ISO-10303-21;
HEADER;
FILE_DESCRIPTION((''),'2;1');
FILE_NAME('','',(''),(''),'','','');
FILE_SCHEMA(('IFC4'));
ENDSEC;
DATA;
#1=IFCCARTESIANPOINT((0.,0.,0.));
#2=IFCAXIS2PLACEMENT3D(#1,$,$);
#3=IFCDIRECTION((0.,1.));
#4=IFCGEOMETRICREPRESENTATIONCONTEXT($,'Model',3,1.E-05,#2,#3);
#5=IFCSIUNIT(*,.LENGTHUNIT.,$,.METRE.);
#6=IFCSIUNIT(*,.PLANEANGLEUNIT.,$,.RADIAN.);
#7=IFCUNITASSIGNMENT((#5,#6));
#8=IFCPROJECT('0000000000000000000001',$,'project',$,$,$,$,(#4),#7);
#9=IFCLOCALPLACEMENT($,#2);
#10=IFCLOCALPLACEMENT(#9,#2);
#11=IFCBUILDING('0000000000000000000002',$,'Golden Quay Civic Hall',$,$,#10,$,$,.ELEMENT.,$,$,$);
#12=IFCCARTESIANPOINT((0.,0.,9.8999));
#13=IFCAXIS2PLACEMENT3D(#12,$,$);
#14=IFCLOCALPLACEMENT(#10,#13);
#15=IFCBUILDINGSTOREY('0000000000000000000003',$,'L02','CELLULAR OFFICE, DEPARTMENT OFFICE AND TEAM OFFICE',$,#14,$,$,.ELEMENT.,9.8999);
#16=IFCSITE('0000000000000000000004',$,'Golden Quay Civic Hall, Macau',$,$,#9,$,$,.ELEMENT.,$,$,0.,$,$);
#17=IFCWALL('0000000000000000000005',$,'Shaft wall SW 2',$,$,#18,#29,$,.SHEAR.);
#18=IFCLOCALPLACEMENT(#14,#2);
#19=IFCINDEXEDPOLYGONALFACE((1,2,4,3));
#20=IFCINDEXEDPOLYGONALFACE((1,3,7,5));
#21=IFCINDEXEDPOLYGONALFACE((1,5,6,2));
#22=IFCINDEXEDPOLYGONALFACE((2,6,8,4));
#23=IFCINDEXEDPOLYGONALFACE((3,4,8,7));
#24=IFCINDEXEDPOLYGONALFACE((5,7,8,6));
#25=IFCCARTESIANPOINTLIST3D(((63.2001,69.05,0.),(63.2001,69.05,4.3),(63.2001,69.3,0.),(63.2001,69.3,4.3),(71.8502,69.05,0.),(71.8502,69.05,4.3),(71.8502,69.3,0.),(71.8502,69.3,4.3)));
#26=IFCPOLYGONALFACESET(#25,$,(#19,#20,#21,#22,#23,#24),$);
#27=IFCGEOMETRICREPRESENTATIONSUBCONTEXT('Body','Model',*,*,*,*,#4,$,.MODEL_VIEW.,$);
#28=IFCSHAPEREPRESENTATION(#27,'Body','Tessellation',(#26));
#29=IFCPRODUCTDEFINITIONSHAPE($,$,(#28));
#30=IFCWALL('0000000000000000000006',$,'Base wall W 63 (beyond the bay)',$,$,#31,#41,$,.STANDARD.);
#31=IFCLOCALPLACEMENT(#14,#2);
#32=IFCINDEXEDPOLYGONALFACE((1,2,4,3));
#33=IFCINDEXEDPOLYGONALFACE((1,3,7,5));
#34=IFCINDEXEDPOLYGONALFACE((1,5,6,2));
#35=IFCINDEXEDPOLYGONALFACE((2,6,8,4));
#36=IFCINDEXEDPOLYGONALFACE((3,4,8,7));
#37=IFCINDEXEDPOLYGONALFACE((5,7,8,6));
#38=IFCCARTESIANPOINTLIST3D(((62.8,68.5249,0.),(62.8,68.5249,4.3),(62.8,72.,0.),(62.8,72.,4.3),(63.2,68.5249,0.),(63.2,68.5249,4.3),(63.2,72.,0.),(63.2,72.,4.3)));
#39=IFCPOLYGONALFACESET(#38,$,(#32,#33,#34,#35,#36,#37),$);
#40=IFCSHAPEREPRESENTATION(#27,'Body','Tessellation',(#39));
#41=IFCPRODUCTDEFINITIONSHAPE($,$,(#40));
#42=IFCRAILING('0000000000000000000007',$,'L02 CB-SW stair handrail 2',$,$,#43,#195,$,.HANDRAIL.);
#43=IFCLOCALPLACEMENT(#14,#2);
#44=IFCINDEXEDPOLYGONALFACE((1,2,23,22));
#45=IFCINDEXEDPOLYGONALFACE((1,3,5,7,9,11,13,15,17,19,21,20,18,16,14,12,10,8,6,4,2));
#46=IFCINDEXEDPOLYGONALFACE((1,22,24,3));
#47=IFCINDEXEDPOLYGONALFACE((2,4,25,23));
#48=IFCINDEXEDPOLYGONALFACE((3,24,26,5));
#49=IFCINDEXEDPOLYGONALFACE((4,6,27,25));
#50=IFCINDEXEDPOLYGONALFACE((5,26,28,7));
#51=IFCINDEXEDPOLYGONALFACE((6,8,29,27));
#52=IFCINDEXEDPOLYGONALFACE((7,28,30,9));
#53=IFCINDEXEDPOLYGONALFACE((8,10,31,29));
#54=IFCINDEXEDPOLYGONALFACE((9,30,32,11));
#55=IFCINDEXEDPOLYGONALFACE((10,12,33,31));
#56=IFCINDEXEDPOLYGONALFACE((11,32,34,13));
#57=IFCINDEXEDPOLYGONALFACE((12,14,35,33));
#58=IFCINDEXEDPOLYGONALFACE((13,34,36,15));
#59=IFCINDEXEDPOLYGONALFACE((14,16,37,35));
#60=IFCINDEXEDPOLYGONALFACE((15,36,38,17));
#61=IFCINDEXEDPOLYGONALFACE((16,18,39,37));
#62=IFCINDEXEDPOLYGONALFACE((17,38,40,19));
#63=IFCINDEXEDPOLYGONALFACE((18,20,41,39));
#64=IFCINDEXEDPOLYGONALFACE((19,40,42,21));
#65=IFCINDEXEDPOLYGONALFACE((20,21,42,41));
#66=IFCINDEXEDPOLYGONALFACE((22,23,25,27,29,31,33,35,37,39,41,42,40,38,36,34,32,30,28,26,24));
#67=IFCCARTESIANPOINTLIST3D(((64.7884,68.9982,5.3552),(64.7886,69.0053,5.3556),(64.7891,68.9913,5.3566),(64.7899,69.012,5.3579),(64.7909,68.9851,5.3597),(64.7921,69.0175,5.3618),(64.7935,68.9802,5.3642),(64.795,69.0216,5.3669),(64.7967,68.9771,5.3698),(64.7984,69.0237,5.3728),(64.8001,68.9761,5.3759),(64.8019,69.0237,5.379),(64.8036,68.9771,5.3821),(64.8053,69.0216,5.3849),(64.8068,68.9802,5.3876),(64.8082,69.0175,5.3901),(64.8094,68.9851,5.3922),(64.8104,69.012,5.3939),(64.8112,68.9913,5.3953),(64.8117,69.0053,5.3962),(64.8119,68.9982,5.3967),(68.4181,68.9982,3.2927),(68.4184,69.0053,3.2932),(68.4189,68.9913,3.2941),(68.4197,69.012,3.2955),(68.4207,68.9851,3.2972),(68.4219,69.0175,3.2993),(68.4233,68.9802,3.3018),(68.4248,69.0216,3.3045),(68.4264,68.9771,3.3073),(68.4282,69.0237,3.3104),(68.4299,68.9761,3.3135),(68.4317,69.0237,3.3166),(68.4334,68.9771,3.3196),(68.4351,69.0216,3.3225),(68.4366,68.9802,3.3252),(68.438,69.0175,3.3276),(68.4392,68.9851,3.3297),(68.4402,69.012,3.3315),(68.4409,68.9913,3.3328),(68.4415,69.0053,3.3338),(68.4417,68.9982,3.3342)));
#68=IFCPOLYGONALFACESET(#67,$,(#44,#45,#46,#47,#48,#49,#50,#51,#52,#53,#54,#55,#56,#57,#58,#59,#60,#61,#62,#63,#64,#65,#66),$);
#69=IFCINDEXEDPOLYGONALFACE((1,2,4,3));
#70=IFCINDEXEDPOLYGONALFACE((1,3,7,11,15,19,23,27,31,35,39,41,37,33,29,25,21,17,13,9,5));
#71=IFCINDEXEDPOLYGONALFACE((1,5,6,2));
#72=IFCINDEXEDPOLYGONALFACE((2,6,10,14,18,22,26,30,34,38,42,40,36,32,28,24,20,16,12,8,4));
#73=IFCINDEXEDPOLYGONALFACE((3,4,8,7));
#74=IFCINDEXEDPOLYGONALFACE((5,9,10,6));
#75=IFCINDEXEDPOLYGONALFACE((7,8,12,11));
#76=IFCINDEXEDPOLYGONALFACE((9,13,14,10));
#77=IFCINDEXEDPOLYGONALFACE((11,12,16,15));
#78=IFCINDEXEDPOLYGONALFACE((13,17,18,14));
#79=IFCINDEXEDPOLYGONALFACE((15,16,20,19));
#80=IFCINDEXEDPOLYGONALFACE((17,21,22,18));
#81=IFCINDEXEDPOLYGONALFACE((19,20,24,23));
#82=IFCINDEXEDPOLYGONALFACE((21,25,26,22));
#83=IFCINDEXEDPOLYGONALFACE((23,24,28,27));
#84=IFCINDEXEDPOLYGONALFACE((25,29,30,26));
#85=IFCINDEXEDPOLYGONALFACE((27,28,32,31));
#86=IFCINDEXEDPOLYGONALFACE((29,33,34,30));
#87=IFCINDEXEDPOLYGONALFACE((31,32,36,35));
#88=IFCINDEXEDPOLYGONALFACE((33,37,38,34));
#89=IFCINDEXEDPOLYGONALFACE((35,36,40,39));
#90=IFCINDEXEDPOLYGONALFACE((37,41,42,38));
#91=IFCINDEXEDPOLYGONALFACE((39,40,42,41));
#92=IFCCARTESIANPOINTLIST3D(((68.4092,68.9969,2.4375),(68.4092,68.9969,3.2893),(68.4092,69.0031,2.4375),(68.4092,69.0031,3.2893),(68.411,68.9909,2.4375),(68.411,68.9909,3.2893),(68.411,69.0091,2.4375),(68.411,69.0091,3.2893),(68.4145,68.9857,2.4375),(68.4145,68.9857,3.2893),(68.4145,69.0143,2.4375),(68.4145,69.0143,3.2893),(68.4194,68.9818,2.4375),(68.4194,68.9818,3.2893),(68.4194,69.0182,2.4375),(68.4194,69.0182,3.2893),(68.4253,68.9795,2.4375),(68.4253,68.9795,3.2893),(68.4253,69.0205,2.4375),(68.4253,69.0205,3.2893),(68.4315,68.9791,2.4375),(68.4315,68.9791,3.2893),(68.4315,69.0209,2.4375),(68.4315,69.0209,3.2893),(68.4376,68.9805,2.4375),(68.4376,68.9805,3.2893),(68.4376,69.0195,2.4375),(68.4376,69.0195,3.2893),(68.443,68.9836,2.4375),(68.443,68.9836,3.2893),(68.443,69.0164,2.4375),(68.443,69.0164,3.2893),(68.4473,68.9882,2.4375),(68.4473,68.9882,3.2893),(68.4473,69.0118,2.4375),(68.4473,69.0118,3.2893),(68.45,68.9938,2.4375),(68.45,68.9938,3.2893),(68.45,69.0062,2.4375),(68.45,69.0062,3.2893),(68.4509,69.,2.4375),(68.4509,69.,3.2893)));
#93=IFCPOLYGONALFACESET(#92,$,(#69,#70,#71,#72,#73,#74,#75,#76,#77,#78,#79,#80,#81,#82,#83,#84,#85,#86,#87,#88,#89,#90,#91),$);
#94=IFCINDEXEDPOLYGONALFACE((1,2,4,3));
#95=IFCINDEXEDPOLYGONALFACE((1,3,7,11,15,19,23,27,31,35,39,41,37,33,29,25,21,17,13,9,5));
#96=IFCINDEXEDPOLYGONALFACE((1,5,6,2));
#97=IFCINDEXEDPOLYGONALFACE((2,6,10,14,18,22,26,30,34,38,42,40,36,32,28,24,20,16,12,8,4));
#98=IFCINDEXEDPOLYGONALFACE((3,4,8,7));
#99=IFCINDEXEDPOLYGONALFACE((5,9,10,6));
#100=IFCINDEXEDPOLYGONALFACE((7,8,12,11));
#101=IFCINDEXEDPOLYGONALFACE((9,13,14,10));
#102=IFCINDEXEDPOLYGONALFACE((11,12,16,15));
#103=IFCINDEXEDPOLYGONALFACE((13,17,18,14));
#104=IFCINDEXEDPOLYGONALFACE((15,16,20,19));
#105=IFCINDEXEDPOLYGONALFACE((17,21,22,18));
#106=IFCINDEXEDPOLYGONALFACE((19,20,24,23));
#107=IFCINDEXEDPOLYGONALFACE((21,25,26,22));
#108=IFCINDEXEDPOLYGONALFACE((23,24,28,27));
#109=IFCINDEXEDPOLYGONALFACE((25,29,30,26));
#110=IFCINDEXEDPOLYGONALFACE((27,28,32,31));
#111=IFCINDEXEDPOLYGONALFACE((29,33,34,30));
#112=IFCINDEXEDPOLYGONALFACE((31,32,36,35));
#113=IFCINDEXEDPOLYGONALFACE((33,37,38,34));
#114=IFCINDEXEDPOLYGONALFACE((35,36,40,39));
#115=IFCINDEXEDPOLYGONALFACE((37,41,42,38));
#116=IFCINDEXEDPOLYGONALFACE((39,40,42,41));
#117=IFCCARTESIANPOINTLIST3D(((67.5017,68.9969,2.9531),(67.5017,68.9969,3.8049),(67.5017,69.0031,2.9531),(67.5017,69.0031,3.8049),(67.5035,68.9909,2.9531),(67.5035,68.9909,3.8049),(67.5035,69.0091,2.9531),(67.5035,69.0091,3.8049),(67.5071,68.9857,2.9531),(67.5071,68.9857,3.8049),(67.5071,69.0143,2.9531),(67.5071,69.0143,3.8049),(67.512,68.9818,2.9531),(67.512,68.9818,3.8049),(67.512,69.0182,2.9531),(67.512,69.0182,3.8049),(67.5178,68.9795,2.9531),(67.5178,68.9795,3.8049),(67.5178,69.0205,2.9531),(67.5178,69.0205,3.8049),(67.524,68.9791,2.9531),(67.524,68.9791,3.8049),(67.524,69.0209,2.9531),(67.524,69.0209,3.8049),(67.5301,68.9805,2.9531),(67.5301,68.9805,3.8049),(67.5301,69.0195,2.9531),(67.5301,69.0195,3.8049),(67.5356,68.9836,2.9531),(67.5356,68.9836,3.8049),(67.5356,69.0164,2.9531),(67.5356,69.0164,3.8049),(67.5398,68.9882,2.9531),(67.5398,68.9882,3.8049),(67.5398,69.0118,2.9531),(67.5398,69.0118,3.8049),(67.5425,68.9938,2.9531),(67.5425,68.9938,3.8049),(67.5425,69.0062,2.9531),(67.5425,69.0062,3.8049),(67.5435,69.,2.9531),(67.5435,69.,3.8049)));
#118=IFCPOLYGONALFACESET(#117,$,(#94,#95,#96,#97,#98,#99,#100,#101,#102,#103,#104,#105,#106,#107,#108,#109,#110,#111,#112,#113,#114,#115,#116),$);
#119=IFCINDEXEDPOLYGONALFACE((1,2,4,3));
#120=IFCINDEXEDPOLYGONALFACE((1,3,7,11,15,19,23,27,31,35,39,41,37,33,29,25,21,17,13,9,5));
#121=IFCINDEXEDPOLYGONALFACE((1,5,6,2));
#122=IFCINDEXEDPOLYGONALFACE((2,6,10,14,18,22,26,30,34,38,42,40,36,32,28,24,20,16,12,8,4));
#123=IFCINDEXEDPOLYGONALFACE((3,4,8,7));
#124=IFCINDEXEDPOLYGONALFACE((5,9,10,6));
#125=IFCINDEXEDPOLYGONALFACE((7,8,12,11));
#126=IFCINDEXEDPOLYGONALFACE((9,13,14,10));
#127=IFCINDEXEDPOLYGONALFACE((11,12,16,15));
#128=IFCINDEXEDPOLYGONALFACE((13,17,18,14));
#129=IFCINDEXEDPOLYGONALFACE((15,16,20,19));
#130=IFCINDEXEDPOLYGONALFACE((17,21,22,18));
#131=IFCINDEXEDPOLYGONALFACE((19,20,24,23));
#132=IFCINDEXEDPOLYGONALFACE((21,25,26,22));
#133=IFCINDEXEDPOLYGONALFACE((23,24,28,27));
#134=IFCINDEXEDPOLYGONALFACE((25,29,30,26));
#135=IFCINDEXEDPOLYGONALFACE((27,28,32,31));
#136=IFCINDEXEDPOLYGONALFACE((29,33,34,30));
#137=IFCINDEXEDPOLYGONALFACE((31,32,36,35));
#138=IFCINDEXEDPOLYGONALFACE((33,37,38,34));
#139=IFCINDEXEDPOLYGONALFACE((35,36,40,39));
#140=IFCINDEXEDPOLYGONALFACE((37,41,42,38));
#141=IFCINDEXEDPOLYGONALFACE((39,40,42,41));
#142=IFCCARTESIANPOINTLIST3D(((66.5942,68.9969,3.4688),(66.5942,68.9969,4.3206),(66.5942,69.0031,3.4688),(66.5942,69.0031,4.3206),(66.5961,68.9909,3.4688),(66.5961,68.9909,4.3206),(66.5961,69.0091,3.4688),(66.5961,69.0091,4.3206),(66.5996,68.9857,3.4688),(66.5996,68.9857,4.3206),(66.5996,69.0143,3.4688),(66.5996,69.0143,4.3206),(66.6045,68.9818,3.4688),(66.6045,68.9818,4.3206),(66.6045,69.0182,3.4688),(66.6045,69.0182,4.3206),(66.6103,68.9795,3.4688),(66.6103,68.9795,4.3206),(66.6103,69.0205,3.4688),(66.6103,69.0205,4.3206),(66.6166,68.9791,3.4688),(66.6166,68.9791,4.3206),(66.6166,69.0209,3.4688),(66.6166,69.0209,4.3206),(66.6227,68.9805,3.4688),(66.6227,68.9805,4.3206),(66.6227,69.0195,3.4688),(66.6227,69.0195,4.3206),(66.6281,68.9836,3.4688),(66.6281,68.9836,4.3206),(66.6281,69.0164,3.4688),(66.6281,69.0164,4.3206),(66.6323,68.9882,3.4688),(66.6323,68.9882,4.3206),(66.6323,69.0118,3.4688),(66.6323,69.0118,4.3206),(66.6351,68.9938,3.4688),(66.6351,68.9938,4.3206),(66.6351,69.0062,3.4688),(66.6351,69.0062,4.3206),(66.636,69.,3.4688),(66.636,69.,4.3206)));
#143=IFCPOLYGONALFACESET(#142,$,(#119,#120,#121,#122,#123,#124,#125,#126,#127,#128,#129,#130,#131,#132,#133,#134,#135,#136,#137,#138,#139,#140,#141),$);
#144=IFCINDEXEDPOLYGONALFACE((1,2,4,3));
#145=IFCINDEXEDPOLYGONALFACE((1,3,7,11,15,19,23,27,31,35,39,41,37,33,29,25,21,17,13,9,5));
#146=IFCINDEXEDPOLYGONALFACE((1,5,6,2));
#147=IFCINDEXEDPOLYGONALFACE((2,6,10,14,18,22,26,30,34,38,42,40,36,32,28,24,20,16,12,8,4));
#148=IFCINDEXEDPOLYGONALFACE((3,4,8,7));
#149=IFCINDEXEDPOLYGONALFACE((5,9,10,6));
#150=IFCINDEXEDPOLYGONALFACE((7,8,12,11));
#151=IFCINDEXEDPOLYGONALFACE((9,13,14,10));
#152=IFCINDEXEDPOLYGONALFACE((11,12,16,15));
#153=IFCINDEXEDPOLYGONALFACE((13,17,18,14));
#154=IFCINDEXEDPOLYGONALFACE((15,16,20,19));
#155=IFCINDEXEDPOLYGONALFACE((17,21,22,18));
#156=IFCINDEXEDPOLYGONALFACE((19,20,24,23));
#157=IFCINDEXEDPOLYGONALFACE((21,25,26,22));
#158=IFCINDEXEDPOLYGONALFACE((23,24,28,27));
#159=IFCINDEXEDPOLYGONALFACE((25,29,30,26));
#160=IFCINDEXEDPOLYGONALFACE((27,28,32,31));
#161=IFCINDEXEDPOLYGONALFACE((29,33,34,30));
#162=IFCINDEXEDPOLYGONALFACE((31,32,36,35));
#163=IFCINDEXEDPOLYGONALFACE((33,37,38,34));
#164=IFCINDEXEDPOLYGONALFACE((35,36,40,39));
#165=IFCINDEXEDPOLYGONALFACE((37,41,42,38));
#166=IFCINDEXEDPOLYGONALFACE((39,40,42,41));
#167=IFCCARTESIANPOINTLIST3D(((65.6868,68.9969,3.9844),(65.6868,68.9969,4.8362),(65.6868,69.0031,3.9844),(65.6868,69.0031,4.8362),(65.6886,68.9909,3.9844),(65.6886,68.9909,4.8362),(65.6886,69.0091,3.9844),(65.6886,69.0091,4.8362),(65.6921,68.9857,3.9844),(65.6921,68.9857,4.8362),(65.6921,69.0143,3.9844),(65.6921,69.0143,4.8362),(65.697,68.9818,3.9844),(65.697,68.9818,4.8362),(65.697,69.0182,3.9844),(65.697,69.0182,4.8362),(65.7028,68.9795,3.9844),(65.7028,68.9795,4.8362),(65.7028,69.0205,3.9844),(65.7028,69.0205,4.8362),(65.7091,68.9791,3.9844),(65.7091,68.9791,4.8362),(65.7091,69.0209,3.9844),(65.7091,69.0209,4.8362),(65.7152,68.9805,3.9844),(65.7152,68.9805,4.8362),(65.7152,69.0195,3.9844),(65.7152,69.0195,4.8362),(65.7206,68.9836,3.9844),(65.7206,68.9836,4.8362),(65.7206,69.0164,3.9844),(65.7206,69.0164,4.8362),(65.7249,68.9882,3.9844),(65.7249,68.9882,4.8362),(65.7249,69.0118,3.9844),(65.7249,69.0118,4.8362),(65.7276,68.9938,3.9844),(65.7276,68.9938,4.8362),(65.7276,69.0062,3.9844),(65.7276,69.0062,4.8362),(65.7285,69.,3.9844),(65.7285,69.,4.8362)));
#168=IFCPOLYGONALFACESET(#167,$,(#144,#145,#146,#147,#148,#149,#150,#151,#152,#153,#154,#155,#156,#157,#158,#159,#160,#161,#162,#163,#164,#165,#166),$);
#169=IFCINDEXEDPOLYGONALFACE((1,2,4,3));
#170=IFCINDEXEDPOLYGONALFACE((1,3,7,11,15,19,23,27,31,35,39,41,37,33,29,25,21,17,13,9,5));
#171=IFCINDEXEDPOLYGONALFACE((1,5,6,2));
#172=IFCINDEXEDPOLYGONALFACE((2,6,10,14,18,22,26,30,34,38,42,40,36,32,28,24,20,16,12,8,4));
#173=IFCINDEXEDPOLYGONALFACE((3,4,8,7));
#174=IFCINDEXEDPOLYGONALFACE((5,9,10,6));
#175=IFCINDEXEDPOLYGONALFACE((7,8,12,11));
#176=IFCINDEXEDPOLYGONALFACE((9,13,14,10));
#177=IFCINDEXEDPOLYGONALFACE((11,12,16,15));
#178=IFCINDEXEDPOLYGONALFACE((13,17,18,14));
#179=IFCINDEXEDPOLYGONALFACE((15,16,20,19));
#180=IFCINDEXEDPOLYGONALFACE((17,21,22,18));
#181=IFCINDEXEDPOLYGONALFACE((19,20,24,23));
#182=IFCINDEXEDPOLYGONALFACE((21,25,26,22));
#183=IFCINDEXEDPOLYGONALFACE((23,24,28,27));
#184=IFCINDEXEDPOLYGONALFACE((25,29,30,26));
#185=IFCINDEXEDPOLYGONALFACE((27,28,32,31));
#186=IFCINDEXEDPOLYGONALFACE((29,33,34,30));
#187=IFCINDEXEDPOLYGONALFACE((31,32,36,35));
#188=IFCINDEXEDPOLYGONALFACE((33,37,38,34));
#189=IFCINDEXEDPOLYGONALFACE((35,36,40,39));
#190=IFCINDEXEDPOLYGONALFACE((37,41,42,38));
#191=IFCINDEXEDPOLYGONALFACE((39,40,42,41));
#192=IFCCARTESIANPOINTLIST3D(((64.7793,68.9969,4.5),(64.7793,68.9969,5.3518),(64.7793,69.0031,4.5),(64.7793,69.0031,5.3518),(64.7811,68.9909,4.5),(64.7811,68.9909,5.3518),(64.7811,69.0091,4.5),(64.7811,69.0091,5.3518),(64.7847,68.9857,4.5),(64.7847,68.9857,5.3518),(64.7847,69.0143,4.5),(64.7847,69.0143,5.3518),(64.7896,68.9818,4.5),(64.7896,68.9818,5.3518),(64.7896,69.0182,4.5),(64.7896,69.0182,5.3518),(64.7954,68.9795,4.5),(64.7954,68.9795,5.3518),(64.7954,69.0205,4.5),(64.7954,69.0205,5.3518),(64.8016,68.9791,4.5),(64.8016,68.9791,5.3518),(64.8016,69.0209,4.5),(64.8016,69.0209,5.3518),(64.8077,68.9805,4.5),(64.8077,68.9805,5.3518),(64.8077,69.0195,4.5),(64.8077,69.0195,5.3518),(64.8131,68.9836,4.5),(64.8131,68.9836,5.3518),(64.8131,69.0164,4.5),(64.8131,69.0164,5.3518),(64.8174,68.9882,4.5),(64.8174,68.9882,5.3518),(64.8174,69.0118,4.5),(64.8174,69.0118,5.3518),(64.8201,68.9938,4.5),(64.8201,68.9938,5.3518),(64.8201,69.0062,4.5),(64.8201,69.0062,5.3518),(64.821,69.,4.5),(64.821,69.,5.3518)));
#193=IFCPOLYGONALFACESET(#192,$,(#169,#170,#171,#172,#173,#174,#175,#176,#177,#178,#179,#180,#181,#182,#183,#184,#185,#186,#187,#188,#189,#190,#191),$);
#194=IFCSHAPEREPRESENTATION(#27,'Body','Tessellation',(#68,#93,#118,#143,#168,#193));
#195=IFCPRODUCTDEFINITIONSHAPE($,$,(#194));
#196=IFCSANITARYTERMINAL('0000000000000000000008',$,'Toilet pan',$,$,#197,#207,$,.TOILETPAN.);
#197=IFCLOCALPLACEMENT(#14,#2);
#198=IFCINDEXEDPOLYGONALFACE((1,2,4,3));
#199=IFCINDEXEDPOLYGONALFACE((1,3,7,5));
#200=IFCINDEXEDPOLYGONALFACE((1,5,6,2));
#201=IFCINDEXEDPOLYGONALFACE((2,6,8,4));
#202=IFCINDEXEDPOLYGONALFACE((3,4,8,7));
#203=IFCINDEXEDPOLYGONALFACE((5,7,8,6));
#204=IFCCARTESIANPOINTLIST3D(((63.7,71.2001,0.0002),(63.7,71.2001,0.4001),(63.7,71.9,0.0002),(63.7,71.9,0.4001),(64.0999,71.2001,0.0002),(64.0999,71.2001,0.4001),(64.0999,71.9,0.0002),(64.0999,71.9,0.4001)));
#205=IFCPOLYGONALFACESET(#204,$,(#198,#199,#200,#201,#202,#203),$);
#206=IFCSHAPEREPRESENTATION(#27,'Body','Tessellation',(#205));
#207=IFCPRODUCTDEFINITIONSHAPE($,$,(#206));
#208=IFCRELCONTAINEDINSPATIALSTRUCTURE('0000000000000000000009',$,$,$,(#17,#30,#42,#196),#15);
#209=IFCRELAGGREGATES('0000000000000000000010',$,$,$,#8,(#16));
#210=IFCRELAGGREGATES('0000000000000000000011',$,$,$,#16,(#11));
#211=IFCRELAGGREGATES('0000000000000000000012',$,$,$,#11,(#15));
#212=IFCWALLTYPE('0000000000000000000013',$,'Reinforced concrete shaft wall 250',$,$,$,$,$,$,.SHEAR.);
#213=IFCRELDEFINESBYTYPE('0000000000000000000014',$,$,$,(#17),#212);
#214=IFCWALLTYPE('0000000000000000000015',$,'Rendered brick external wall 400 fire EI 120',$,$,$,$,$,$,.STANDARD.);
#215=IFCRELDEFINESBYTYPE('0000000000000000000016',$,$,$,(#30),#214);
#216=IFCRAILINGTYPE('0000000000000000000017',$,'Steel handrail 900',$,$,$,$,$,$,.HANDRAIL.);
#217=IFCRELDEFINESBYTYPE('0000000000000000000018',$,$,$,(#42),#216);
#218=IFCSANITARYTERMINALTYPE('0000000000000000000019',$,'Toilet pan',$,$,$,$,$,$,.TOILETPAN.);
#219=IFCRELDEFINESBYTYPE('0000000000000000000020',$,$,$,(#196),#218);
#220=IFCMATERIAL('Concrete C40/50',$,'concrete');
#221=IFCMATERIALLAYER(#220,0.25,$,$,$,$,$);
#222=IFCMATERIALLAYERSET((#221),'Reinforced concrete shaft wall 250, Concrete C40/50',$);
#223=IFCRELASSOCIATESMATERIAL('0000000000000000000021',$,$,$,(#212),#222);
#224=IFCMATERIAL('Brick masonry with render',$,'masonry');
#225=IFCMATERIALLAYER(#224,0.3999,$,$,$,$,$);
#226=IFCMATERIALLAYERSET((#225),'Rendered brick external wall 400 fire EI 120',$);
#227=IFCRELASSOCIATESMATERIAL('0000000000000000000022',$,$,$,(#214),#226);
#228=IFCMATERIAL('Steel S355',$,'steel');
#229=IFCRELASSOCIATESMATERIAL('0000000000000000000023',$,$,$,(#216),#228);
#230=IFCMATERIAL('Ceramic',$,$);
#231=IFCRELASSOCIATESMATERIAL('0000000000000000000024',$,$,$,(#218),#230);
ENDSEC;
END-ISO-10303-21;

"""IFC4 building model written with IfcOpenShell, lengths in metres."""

from ifc_helpers import new_model, si_unit, direction, frame, frame_2d, origin, origin_2d, place, context, subcontext, project, spatial, rectangle, circle, extrude, material, layer, layer_set, type_object, element, save


model = new_model("IFC4")

# Units and contexts
model_context = context("Model", 3, precision=1e-05, world=origin(), true_north=direction((0.0, 1.0)))
body_context = subcontext(model_context, "Body", "Model", "MODEL_VIEW")
ifc_project = project(units=[si_unit("LENGTHUNIT", "METRE"), si_unit("PLANEANGLEUNIT", "RADIAN")], contexts=[model_context])

# Site, building, storey
site_placement = place(None, origin())
site = spatial("IfcSite", under=ifc_project, at=site_placement, Name="Golden Quay Civic Hall, Macau", CompositionType="ELEMENT", RefElevation=0.0)
building_placement = place(site_placement, origin())
building = spatial("IfcBuilding", under=site, at=building_placement, Name="Golden Quay Civic Hall", CompositionType="ELEMENT")
storey_placement = place(building_placement, frame((0.0, 0.0, 9.8999)))
storey = spatial("IfcBuildingStorey", under=building, at=storey_placement, Name="L02", Description="CELLULAR OFFICE, DEPARTMENT OFFICE AND TEAM OFFICE", CompositionType="ELEMENT", Elevation=9.8999)

# Wall
ifc_material_1 = material(Name="Concrete C40/50", Category="concrete")
ifc_layer_1 = layer(ifc_material_1, 0.25)
ifc_layer_set_1 = layer_set([ifc_layer_1], Name="Reinforced concrete shaft wall 250, Concrete C40/50")
wall_type_1 = type_object("IfcWallType", Name="Reinforced concrete shaft wall 250", PredefinedType="SHEAR", material=ifc_layer_set_1)
wall_1_placement = place(storey_placement, frame((63.2, 69.175, 0.0), z_axis=(0.0, 0.0, 1.0), x_axis=(1.0, 0.0, 0.0)))
element("IfcWall", 1, at=wall_1_placement, inside=storey, type_object=wall_type_1, Name="Shaft wall SW 2", PredefinedType="SHEAR", context=body_context, shape_type="SweptSolid", body=[
    extrude(rectangle(XDim=8.6501, YDim=0.25, at=frame_2d((4.3252, 0.0))), origin(), (0.0, 0.0, 1.0), 4.3),
])

# Wall
ifc_material_2 = material(Name="Brick masonry with render", Category="masonry")
ifc_layer_2 = layer(ifc_material_2, 0.3999)
ifc_layer_set_2 = layer_set([ifc_layer_2], Name="Rendered brick external wall 400 fire EI 120")
wall_type_2 = type_object("IfcWallType", Name="Rendered brick external wall 400 fire EI 120", PredefinedType="STANDARD", material=ifc_layer_set_2)
wall_2_placement = place(storey_placement, frame((63.0, 68.5249, 0.0), z_axis=(0.0, 0.0, 1.0), x_axis=(0.0, 1.0, 0.0)))
element("IfcWall", 2, at=wall_2_placement, inside=storey, type_object=wall_type_2, Name="Base wall W 63 (beyond the bay)", PredefinedType="STANDARD", context=body_context, shape_type="SweptSolid", body=[
    extrude(rectangle(XDim=3.4751, YDim=0.3999, at=frame_2d((1.7375, 0.0))), origin(), (0.0, 0.0, 1.0), 4.3),
])

# Railing
ifc_material_3 = material(Name="Steel S355", Category="steel")
railing_type = type_object("IfcRailingType", Name="Steel handrail 900", PredefinedType="HANDRAIL", material=ifc_material_3)
railing_placement = place(storey_placement, frame((68.4299, 69.0, 2.4375)))
element("IfcRailing", 3, at=railing_placement, inside=storey, type_object=railing_type, Name="L02 CB-SW stair handrail 2", PredefinedType="HANDRAIL", context=body_context, shape_type="SweptSolid", body=[
    extrude(circle(Radius=0.0239, at=origin_2d()), frame((0.0, 0.0, 0.876), z_axis=(-0.86945, 0.0, 0.494021), x_axis=(0.0, -1.0, 0.0)), (0.0, 0.0, 1.0), 4.1748),
    extrude(circle(Radius=0.021, at=origin_2d()), origin(), (0.0, 0.0, 1.0), 0.8518),
    extrude(circle(Radius=0.021, at=origin_2d()), frame((-0.9075, 0.0, 0.5156)), (0.0, 0.0, 1.0), 0.8518),
    extrude(circle(Radius=0.021, at=origin_2d()), frame((-1.8149, 0.0, 1.0312)), (0.0, 0.0, 1.0), 0.8518),
    extrude(circle(Radius=0.021, at=origin_2d()), frame((-2.7224, 0.0, 1.5469)), (0.0, 0.0, 1.0), 0.8518),
    extrude(circle(Radius=0.021, at=origin_2d()), frame((-3.6299, 0.0, 2.0625)), (0.0, 0.0, 1.0), 0.8518),
])

# Sanitary terminal
ifc_material_4 = material(Name="Ceramic")
sanitary_terminal_type = type_object("IfcSanitaryTerminalType", Name="Toilet pan", PredefinedType="TOILETPAN", material=ifc_material_4)
for number, where, z_axis, x_axis, name in (
    (4, (63.8999, 71.55, 0.0002), (0.0, 0.0, 1.0), (1.0, 0.0, 0.0), "Toilet pan"),
):
    element("IfcSanitaryTerminal", number, at=place(storey_placement, frame(where, z_axis=z_axis, x_axis=x_axis)), inside=storey, type_object=sanitary_terminal_type, Name=name, PredefinedType="TOILETPAN", context=body_context, shape_type="SweptSolid", body=[
        extrude(rectangle(XDim=0.3999, YDim=0.7, at=origin_2d()), origin(), (0.0, 0.0, 1.0), 0.3999),
    ])

save(model, "model.ifc")
